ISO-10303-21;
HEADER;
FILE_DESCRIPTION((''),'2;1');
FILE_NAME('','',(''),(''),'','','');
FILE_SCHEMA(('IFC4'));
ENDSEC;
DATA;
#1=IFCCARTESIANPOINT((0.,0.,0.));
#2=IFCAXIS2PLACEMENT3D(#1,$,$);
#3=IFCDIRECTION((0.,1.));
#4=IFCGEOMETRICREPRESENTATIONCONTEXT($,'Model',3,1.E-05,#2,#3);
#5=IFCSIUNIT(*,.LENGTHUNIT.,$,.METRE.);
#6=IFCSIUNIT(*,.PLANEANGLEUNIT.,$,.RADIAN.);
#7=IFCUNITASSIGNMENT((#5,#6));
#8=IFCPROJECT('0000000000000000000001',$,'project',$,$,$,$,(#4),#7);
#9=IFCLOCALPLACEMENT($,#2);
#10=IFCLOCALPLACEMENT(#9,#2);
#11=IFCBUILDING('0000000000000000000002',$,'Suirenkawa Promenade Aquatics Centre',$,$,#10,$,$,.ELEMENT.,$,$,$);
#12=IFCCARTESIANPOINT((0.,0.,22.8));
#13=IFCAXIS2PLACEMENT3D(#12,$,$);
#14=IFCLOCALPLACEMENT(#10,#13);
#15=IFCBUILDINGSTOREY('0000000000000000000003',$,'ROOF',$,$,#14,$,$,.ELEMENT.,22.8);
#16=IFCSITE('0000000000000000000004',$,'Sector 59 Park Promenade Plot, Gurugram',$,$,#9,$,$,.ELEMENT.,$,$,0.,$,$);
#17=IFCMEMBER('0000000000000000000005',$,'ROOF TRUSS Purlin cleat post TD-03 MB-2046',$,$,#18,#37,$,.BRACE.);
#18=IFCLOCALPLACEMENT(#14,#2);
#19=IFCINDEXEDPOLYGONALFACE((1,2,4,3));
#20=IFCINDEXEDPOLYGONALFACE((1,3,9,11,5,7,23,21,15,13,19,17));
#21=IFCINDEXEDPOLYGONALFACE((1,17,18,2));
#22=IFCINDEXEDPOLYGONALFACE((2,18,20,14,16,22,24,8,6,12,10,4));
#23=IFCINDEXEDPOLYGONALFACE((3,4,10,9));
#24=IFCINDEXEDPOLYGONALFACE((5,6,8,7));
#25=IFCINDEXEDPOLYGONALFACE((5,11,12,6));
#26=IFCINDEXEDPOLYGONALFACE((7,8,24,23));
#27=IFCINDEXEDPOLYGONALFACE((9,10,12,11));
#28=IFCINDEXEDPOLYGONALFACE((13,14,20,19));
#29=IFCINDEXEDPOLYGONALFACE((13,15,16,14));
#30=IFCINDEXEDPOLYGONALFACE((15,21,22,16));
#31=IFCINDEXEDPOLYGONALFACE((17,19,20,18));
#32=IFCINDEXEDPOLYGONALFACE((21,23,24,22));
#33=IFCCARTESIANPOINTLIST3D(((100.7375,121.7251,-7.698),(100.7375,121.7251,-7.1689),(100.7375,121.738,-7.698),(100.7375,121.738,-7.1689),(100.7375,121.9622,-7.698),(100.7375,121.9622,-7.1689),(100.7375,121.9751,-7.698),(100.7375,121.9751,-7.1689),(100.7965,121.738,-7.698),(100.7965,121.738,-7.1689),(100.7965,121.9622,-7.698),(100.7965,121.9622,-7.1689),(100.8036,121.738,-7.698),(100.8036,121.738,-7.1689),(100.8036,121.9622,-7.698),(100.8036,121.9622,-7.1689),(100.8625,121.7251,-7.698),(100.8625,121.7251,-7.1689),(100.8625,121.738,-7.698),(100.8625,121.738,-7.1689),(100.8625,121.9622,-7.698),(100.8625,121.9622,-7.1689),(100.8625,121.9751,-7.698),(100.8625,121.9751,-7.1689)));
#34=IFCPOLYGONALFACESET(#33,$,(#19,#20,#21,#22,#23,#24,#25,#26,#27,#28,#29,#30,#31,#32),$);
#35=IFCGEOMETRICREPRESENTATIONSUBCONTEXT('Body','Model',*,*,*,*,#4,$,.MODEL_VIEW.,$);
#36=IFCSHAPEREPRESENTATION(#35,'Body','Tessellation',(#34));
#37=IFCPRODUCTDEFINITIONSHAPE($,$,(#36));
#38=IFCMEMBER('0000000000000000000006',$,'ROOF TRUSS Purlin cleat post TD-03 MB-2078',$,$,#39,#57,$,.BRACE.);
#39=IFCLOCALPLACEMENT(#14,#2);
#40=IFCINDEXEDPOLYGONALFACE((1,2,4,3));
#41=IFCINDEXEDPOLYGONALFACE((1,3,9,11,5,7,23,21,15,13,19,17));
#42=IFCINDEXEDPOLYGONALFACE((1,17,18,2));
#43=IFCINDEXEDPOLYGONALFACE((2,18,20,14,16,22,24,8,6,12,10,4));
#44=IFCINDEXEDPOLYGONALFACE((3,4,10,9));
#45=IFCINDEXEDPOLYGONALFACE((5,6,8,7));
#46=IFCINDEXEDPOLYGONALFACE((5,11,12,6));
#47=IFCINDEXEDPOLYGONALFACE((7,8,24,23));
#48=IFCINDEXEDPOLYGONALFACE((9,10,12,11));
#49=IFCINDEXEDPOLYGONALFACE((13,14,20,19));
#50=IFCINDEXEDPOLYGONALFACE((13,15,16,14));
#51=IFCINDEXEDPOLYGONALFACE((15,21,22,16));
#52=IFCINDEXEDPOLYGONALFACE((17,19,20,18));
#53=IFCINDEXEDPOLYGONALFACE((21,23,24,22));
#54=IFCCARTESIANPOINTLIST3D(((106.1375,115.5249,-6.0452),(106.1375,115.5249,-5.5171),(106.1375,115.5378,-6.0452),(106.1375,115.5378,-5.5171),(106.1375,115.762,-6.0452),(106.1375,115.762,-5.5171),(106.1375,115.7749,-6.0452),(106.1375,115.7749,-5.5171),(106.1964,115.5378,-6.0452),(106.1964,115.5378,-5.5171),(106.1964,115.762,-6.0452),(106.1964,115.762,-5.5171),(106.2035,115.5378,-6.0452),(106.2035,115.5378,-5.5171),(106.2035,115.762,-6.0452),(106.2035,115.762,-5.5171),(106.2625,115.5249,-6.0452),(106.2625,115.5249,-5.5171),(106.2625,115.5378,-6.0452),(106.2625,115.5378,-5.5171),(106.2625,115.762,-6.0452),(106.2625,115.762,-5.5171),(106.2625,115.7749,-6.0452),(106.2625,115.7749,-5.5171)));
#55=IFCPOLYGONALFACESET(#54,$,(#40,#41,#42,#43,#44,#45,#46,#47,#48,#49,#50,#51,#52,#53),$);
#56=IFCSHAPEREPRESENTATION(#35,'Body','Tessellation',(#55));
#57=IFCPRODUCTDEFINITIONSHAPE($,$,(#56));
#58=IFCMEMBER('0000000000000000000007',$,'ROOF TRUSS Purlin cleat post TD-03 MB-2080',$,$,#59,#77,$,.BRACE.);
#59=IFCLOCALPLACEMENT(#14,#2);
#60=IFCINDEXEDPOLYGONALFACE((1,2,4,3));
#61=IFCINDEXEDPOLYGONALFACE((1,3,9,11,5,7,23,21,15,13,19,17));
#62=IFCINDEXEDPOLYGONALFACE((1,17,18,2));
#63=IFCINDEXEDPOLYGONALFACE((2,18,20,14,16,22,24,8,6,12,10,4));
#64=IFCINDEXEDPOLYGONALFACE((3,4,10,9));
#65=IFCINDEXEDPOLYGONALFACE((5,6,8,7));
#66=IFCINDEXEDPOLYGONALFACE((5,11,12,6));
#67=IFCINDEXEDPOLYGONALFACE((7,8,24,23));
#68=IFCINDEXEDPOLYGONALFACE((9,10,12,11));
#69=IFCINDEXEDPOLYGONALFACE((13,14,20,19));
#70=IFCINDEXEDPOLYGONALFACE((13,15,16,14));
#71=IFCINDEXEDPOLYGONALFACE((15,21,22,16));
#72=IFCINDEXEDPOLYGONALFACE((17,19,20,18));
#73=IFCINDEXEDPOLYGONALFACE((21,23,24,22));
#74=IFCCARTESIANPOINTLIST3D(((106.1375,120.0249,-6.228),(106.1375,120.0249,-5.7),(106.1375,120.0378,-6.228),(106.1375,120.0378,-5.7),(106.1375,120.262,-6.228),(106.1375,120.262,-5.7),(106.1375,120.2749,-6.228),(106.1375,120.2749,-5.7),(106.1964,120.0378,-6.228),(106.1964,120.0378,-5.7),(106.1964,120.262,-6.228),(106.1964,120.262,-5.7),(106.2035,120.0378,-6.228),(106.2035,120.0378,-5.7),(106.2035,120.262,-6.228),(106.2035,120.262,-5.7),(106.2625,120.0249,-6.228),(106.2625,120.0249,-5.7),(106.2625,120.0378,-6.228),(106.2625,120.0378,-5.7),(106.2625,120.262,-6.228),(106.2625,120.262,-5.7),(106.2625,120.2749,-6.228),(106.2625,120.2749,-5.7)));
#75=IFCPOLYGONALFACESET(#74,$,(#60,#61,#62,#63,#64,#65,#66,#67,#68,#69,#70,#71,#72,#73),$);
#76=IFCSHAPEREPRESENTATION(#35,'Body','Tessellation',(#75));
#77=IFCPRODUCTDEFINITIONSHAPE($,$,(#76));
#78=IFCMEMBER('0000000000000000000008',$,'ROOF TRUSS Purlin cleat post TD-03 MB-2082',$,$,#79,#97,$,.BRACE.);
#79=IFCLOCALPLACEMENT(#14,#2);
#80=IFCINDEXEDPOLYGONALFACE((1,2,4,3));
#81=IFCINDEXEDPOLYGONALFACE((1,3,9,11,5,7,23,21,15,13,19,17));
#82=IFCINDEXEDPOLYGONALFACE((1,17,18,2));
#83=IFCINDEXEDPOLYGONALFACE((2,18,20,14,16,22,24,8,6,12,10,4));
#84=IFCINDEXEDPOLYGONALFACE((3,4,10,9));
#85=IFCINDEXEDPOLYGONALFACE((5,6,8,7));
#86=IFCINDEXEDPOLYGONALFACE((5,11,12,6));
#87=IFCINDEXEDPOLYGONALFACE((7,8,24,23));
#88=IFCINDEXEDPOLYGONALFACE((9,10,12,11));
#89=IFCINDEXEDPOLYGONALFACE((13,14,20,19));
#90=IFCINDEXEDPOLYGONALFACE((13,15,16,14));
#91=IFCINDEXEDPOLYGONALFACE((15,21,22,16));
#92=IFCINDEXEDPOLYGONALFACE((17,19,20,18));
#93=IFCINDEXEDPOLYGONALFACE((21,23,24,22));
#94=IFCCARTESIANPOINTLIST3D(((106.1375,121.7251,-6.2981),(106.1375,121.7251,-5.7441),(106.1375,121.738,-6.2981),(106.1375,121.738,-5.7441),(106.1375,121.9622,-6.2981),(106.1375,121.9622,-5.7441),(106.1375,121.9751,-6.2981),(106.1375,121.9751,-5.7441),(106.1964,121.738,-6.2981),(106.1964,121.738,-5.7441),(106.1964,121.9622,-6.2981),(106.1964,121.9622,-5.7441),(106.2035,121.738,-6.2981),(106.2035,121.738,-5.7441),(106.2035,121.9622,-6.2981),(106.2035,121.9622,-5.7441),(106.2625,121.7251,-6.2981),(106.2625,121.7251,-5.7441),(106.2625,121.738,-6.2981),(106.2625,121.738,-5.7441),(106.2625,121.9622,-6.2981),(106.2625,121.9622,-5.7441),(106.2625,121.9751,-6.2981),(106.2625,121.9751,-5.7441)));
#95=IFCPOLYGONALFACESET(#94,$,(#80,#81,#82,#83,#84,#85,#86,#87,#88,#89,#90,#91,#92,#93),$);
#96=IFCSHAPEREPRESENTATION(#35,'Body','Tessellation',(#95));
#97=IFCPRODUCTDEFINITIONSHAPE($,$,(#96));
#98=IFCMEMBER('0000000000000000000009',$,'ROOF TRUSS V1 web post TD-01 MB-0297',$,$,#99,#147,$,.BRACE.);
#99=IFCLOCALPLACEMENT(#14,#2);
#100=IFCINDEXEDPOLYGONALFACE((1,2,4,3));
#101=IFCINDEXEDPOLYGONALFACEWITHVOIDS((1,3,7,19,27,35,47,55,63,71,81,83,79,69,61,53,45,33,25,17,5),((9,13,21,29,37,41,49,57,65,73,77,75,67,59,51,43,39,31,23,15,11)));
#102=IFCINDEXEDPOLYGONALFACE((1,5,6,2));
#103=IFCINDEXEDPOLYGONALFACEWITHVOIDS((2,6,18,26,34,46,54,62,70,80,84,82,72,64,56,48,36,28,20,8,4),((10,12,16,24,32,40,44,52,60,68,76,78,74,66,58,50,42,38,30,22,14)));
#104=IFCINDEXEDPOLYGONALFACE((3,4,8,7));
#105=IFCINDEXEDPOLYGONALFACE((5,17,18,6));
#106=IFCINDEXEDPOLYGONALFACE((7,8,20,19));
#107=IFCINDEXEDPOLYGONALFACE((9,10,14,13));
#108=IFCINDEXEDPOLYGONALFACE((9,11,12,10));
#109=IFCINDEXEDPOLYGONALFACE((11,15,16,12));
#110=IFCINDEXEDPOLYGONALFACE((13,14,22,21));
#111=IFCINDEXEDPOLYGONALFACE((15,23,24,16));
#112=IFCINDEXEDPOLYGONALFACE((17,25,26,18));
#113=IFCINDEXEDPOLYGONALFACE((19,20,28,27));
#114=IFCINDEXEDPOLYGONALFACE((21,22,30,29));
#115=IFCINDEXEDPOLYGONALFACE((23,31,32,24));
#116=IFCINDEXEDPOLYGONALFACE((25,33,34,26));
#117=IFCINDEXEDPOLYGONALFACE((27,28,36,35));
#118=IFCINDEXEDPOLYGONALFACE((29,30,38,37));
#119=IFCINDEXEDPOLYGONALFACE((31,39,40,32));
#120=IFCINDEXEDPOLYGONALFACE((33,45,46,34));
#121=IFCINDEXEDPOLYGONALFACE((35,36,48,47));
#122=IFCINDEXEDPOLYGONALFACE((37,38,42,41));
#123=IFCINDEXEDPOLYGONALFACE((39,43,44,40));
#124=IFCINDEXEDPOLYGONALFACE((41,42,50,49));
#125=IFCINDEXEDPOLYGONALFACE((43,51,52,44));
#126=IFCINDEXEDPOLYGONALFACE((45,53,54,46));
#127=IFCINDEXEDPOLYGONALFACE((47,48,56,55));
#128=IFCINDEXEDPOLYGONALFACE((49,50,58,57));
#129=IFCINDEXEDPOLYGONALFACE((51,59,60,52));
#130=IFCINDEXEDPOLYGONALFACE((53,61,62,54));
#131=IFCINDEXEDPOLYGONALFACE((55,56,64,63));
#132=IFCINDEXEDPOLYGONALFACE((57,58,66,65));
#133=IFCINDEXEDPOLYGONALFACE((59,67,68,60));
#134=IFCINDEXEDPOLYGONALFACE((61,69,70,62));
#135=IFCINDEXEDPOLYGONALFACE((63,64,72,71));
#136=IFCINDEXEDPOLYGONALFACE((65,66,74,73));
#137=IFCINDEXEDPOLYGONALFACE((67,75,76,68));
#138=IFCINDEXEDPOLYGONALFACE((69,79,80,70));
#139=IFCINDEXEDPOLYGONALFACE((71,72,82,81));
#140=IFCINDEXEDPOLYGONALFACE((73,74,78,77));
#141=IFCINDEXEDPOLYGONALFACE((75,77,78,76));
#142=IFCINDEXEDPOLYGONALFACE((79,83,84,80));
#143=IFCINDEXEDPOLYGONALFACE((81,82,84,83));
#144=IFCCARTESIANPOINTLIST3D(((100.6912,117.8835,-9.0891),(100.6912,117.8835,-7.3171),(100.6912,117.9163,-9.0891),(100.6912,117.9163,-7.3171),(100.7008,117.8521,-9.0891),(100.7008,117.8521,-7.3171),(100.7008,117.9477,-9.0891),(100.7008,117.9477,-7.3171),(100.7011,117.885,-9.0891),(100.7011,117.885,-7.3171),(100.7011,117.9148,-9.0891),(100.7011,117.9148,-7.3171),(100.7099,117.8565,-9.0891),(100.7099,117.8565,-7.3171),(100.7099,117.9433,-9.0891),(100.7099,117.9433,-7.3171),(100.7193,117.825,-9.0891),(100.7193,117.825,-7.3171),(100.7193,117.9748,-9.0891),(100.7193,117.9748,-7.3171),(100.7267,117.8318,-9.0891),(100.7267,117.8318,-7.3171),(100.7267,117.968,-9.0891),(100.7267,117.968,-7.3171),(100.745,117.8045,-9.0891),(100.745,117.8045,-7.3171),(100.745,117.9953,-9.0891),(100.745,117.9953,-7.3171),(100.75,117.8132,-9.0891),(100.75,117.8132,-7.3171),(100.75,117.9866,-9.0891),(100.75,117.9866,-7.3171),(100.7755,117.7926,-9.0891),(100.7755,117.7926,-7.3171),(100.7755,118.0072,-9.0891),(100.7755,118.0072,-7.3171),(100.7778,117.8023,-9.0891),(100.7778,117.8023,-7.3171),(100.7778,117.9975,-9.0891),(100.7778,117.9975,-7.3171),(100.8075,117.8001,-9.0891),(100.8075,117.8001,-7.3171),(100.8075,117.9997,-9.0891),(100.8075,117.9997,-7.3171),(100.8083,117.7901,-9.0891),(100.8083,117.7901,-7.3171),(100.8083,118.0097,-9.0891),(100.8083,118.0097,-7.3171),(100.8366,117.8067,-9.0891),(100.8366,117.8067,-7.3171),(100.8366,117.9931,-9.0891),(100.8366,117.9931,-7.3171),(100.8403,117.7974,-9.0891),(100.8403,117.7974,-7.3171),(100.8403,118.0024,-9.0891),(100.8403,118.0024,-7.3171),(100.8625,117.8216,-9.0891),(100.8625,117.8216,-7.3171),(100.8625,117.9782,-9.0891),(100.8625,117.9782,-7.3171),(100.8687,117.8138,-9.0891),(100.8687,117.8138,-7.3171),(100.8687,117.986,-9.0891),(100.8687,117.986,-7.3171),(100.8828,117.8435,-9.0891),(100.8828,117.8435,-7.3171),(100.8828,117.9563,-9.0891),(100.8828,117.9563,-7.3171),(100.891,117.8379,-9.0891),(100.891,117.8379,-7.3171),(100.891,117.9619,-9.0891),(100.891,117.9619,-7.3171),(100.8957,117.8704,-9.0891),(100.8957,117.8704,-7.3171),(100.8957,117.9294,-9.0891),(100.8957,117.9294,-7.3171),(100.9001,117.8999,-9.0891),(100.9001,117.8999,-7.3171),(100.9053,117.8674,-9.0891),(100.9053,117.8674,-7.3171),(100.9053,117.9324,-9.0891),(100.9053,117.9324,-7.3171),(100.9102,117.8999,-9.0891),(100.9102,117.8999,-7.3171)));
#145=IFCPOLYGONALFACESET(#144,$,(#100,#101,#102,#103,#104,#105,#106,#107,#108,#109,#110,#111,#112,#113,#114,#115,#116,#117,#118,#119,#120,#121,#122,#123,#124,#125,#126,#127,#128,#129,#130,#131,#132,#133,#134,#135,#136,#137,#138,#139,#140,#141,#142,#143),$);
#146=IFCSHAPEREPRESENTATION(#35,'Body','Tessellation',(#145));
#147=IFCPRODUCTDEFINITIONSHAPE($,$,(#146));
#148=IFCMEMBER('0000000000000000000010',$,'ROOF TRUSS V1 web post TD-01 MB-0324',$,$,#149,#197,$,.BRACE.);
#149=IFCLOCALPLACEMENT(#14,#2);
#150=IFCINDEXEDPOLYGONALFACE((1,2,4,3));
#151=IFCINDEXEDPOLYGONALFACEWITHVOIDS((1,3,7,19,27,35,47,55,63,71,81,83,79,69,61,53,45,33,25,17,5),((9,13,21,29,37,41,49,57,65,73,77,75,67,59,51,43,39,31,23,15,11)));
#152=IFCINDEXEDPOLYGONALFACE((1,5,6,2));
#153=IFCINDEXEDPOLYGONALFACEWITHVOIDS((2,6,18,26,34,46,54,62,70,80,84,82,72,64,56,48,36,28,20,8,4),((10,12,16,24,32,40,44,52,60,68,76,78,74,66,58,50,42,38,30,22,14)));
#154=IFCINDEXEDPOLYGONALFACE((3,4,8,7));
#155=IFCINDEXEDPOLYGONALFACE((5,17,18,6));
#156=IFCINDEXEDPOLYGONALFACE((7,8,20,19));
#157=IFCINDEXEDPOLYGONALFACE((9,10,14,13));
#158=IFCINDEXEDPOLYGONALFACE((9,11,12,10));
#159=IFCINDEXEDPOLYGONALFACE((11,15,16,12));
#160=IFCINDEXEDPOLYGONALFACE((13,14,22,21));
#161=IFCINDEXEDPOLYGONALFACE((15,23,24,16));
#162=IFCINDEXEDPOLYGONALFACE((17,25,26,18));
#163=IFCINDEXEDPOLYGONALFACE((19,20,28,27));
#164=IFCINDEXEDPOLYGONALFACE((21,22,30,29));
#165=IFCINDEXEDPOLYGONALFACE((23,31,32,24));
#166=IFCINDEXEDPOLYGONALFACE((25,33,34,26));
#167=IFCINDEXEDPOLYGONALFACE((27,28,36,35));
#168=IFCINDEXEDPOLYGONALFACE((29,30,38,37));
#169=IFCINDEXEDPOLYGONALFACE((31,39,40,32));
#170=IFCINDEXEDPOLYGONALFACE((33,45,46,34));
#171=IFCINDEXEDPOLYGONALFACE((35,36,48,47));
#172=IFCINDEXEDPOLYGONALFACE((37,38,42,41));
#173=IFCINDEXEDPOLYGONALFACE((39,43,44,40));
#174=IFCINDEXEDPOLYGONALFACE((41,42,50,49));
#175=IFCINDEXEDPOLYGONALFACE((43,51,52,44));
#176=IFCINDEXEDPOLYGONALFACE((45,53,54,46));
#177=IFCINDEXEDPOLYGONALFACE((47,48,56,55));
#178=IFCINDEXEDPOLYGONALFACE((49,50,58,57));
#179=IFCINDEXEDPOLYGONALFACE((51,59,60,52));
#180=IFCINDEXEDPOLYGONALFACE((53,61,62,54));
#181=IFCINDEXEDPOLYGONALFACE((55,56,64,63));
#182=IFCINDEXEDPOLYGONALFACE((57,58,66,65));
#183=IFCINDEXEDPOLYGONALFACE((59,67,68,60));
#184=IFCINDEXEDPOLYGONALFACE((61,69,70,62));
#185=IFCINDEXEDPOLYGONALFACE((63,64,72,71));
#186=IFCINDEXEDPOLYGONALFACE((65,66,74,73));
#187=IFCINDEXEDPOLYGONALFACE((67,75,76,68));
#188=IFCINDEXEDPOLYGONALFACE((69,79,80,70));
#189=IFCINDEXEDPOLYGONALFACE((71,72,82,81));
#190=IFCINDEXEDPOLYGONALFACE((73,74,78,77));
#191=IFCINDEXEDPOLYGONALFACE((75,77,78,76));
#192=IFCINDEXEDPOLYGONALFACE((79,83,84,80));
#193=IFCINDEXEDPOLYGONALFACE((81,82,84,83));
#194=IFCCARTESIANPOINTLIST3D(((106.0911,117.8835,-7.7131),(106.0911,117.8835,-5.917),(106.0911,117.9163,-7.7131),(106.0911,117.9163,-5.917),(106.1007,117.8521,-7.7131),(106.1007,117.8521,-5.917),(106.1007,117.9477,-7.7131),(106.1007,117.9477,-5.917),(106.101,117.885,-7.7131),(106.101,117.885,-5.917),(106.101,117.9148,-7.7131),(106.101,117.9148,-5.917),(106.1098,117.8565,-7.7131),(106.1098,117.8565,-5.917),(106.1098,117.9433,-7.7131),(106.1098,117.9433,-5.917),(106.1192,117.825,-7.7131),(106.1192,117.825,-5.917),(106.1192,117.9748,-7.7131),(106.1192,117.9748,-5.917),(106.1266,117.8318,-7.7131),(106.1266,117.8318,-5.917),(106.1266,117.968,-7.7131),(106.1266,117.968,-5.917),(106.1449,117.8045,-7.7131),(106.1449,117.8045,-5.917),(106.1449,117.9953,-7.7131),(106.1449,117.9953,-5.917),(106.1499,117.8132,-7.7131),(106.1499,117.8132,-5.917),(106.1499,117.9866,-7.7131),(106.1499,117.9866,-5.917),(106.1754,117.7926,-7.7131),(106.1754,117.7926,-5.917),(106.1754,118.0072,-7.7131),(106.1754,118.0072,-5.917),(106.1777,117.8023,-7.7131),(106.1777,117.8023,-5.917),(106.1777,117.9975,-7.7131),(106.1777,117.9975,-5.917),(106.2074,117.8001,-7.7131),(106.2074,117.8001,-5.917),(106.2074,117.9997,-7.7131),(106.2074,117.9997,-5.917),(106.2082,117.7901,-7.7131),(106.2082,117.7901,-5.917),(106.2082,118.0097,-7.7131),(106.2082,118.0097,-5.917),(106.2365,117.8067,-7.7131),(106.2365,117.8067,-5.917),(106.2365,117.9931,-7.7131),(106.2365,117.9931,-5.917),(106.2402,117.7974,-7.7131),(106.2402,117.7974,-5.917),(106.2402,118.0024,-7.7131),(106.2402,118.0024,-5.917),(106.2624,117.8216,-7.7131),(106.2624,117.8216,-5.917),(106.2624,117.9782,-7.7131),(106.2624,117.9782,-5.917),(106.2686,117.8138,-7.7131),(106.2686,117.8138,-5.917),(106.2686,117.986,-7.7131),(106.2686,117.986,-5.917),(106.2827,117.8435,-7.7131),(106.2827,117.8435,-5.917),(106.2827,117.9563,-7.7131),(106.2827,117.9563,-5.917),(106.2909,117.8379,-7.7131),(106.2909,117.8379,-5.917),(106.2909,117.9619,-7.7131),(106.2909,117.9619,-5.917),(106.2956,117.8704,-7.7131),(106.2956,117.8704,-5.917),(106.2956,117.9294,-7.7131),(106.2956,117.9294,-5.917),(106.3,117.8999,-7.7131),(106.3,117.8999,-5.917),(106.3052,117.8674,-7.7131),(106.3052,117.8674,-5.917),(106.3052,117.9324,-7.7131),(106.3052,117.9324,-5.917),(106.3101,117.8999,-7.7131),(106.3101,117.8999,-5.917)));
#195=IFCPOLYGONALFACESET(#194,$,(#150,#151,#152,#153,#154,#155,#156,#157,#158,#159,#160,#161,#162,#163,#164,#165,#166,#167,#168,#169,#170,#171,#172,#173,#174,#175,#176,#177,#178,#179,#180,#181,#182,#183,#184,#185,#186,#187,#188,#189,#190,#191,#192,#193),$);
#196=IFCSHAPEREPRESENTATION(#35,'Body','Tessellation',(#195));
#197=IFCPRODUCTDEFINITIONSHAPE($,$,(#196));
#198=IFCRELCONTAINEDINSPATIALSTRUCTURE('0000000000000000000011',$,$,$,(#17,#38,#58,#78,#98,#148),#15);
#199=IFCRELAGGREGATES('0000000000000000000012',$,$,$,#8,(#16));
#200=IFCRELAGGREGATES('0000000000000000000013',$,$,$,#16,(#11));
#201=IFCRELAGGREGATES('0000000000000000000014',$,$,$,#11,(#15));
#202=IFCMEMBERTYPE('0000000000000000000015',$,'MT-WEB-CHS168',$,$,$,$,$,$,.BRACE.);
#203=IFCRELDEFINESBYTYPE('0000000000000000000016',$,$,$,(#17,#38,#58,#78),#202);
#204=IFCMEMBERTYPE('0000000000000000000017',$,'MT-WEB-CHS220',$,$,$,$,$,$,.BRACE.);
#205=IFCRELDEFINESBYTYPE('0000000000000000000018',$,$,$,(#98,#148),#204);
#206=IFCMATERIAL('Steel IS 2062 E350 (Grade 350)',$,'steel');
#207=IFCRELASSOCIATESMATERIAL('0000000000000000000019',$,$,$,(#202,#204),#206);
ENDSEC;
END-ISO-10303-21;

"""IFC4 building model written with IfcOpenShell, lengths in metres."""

from ifc_helpers import new_model, si_unit, direction, frame, origin, origin_2d, place, context, subcontext, project, spatial, hollow_circle, i_section, extrude, material, material_profile, profile_set, type_object, element, save


model = new_model("IFC4")

# Units and contexts
model_context = context("Model", 3, precision=1e-05, world=origin(), true_north=direction((0.0, 1.0)))
body_context = subcontext(model_context, "Body", "Model", "MODEL_VIEW")
ifc_project = project(units=[si_unit("LENGTHUNIT", "METRE"), si_unit("PLANEANGLEUNIT", "RADIAN")], contexts=[model_context])

# Site, building, storey
site_placement = place(None, origin())
site = spatial("IfcSite", under=ifc_project, at=site_placement, Name="Sector 59 Park Promenade Plot, Gurugram", CompositionType="ELEMENT", RefElevation=0.0)
building_placement = place(site_placement, origin())
building = spatial("IfcBuilding", under=site, at=building_placement, Name="Suirenkawa Promenade Aquatics Centre", CompositionType="ELEMENT")
storey_placement = place(building_placement, frame((0.0, 0.0, 22.8)))
storey = spatial("IfcBuildingStorey", under=building, at=storey_placement, Name="ROOF", CompositionType="ELEMENT", Elevation=22.8)

# Shared definitions
ifc_material = material(Name="Steel IS 2062 E350 (Grade 350)", Category="steel")

# Members
ifc_material_profile_1 = material_profile(ifc_material, i_section(OverallWidth=0.125, OverallDepth=0.25, WebThickness=0.0071, FlangeThickness=0.0129, at=origin_2d()), Name="ISMB 250", Category="steel")
ifc_profile_set_1 = profile_set([ifc_material_profile_1], Name="Steel IS 2062 E350 (Grade 350)")
member_type_1 = type_object("IfcMemberType", Name="MT-WEB-CHS168", PredefinedType="BRACE", material=ifc_profile_set_1)
member_1_placement = place(storey_placement, frame((100.8, 121.8501, -7.698), z_axis=(0.0, 0.0, 1.0), x_axis=(1.0, 0.0, 0.0)))
element("IfcMember", 1, at=member_1_placement, inside=storey, type_object=member_type_1, Name="ROOF TRUSS Purlin cleat post TD-03 MB-2046", PredefinedType="BRACE", context=body_context, shape_type="SweptSolid", body=[
    extrude(i_section(OverallWidth=0.125, OverallDepth=0.25, WebThickness=0.0071, FlangeThickness=0.0129, at=origin_2d()), origin(), (0.0, 0.0, 1.0), 0.5291),
])
for number, where, z_axis, x_axis, name in (
    (2, (106.2, 115.6499, -6.0452), (0.0, 0.0, 1.0), (1.0, 0.0, 0.0), "ROOF TRUSS Purlin cleat post TD-03 MB-2078"),
    (3, (106.2, 120.1499, -6.228), (0.0, 0.0, 1.0), (1.0, 0.0, 0.0), "ROOF TRUSS Purlin cleat post TD-03 MB-2080"),
):
    element("IfcMember", number, at=place(storey_placement, frame(where, z_axis=z_axis, x_axis=x_axis)), inside=storey, type_object=member_type_1, Name=name, PredefinedType="BRACE", context=body_context, shape_type="SweptSolid", body=[
        extrude(i_section(OverallWidth=0.125, OverallDepth=0.25, WebThickness=0.0071, FlangeThickness=0.0129, at=origin_2d()), origin(), (0.0, 0.0, 1.0), 0.5281),
    ])
member_2_placement = place(storey_placement, frame((106.2, 121.8501, -6.2981), z_axis=(0.0, 0.0, 1.0), x_axis=(1.0, 0.0, 0.0)))
element("IfcMember", 4, at=member_2_placement, inside=storey, type_object=member_type_1, Name="ROOF TRUSS Purlin cleat post TD-03 MB-2082", PredefinedType="BRACE", context=body_context, shape_type="SweptSolid", body=[
    extrude(i_section(OverallWidth=0.125, OverallDepth=0.25, WebThickness=0.0071, FlangeThickness=0.0129, at=origin_2d()), origin(), (0.0, 0.0, 1.0), 0.554),
])
ifc_material_profile_2 = material_profile(ifc_material, hollow_circle(Radius=0.1101, WallThickness=0.01, at=origin_2d()), Name="CHS 220x10", Category="steel")
ifc_profile_set_2 = profile_set([ifc_material_profile_2], Name="Steel IS 2062 E350 (Grade 350)")
member_type_2 = type_object("IfcMemberType", Name="MT-WEB-CHS220", PredefinedType="BRACE", material=ifc_profile_set_2)
member_3_placement = place(storey_placement, frame((100.8, 117.8999, -9.0891), z_axis=(0.0, 0.0, 1.0), x_axis=(1.0, 0.0, 0.0)))
element("IfcMember", 5, at=member_3_placement, inside=storey, type_object=member_type_2, Name="ROOF TRUSS V1 web post TD-01 MB-0297", PredefinedType="BRACE", context=body_context, shape_type="SweptSolid", body=[
    extrude(hollow_circle(Radius=0.1101, WallThickness=0.01, at=origin_2d()), origin(), (0.0, 0.0, 1.0), 1.772),
])
member_4_placement = place(storey_placement, frame((106.2, 117.8999, -7.7131), z_axis=(0.0, 0.0, 1.0), x_axis=(1.0, 0.0, 0.0)))
element("IfcMember", 6, at=member_4_placement, inside=storey, type_object=member_type_2, Name="ROOF TRUSS V1 web post TD-01 MB-0324", PredefinedType="BRACE", context=body_context, shape_type="SweptSolid", body=[
    extrude(hollow_circle(Radius=0.1101, WallThickness=0.01, at=origin_2d()), origin(), (0.0, 0.0, 1.0), 1.7961),
])

save(model, "model.ifc")
